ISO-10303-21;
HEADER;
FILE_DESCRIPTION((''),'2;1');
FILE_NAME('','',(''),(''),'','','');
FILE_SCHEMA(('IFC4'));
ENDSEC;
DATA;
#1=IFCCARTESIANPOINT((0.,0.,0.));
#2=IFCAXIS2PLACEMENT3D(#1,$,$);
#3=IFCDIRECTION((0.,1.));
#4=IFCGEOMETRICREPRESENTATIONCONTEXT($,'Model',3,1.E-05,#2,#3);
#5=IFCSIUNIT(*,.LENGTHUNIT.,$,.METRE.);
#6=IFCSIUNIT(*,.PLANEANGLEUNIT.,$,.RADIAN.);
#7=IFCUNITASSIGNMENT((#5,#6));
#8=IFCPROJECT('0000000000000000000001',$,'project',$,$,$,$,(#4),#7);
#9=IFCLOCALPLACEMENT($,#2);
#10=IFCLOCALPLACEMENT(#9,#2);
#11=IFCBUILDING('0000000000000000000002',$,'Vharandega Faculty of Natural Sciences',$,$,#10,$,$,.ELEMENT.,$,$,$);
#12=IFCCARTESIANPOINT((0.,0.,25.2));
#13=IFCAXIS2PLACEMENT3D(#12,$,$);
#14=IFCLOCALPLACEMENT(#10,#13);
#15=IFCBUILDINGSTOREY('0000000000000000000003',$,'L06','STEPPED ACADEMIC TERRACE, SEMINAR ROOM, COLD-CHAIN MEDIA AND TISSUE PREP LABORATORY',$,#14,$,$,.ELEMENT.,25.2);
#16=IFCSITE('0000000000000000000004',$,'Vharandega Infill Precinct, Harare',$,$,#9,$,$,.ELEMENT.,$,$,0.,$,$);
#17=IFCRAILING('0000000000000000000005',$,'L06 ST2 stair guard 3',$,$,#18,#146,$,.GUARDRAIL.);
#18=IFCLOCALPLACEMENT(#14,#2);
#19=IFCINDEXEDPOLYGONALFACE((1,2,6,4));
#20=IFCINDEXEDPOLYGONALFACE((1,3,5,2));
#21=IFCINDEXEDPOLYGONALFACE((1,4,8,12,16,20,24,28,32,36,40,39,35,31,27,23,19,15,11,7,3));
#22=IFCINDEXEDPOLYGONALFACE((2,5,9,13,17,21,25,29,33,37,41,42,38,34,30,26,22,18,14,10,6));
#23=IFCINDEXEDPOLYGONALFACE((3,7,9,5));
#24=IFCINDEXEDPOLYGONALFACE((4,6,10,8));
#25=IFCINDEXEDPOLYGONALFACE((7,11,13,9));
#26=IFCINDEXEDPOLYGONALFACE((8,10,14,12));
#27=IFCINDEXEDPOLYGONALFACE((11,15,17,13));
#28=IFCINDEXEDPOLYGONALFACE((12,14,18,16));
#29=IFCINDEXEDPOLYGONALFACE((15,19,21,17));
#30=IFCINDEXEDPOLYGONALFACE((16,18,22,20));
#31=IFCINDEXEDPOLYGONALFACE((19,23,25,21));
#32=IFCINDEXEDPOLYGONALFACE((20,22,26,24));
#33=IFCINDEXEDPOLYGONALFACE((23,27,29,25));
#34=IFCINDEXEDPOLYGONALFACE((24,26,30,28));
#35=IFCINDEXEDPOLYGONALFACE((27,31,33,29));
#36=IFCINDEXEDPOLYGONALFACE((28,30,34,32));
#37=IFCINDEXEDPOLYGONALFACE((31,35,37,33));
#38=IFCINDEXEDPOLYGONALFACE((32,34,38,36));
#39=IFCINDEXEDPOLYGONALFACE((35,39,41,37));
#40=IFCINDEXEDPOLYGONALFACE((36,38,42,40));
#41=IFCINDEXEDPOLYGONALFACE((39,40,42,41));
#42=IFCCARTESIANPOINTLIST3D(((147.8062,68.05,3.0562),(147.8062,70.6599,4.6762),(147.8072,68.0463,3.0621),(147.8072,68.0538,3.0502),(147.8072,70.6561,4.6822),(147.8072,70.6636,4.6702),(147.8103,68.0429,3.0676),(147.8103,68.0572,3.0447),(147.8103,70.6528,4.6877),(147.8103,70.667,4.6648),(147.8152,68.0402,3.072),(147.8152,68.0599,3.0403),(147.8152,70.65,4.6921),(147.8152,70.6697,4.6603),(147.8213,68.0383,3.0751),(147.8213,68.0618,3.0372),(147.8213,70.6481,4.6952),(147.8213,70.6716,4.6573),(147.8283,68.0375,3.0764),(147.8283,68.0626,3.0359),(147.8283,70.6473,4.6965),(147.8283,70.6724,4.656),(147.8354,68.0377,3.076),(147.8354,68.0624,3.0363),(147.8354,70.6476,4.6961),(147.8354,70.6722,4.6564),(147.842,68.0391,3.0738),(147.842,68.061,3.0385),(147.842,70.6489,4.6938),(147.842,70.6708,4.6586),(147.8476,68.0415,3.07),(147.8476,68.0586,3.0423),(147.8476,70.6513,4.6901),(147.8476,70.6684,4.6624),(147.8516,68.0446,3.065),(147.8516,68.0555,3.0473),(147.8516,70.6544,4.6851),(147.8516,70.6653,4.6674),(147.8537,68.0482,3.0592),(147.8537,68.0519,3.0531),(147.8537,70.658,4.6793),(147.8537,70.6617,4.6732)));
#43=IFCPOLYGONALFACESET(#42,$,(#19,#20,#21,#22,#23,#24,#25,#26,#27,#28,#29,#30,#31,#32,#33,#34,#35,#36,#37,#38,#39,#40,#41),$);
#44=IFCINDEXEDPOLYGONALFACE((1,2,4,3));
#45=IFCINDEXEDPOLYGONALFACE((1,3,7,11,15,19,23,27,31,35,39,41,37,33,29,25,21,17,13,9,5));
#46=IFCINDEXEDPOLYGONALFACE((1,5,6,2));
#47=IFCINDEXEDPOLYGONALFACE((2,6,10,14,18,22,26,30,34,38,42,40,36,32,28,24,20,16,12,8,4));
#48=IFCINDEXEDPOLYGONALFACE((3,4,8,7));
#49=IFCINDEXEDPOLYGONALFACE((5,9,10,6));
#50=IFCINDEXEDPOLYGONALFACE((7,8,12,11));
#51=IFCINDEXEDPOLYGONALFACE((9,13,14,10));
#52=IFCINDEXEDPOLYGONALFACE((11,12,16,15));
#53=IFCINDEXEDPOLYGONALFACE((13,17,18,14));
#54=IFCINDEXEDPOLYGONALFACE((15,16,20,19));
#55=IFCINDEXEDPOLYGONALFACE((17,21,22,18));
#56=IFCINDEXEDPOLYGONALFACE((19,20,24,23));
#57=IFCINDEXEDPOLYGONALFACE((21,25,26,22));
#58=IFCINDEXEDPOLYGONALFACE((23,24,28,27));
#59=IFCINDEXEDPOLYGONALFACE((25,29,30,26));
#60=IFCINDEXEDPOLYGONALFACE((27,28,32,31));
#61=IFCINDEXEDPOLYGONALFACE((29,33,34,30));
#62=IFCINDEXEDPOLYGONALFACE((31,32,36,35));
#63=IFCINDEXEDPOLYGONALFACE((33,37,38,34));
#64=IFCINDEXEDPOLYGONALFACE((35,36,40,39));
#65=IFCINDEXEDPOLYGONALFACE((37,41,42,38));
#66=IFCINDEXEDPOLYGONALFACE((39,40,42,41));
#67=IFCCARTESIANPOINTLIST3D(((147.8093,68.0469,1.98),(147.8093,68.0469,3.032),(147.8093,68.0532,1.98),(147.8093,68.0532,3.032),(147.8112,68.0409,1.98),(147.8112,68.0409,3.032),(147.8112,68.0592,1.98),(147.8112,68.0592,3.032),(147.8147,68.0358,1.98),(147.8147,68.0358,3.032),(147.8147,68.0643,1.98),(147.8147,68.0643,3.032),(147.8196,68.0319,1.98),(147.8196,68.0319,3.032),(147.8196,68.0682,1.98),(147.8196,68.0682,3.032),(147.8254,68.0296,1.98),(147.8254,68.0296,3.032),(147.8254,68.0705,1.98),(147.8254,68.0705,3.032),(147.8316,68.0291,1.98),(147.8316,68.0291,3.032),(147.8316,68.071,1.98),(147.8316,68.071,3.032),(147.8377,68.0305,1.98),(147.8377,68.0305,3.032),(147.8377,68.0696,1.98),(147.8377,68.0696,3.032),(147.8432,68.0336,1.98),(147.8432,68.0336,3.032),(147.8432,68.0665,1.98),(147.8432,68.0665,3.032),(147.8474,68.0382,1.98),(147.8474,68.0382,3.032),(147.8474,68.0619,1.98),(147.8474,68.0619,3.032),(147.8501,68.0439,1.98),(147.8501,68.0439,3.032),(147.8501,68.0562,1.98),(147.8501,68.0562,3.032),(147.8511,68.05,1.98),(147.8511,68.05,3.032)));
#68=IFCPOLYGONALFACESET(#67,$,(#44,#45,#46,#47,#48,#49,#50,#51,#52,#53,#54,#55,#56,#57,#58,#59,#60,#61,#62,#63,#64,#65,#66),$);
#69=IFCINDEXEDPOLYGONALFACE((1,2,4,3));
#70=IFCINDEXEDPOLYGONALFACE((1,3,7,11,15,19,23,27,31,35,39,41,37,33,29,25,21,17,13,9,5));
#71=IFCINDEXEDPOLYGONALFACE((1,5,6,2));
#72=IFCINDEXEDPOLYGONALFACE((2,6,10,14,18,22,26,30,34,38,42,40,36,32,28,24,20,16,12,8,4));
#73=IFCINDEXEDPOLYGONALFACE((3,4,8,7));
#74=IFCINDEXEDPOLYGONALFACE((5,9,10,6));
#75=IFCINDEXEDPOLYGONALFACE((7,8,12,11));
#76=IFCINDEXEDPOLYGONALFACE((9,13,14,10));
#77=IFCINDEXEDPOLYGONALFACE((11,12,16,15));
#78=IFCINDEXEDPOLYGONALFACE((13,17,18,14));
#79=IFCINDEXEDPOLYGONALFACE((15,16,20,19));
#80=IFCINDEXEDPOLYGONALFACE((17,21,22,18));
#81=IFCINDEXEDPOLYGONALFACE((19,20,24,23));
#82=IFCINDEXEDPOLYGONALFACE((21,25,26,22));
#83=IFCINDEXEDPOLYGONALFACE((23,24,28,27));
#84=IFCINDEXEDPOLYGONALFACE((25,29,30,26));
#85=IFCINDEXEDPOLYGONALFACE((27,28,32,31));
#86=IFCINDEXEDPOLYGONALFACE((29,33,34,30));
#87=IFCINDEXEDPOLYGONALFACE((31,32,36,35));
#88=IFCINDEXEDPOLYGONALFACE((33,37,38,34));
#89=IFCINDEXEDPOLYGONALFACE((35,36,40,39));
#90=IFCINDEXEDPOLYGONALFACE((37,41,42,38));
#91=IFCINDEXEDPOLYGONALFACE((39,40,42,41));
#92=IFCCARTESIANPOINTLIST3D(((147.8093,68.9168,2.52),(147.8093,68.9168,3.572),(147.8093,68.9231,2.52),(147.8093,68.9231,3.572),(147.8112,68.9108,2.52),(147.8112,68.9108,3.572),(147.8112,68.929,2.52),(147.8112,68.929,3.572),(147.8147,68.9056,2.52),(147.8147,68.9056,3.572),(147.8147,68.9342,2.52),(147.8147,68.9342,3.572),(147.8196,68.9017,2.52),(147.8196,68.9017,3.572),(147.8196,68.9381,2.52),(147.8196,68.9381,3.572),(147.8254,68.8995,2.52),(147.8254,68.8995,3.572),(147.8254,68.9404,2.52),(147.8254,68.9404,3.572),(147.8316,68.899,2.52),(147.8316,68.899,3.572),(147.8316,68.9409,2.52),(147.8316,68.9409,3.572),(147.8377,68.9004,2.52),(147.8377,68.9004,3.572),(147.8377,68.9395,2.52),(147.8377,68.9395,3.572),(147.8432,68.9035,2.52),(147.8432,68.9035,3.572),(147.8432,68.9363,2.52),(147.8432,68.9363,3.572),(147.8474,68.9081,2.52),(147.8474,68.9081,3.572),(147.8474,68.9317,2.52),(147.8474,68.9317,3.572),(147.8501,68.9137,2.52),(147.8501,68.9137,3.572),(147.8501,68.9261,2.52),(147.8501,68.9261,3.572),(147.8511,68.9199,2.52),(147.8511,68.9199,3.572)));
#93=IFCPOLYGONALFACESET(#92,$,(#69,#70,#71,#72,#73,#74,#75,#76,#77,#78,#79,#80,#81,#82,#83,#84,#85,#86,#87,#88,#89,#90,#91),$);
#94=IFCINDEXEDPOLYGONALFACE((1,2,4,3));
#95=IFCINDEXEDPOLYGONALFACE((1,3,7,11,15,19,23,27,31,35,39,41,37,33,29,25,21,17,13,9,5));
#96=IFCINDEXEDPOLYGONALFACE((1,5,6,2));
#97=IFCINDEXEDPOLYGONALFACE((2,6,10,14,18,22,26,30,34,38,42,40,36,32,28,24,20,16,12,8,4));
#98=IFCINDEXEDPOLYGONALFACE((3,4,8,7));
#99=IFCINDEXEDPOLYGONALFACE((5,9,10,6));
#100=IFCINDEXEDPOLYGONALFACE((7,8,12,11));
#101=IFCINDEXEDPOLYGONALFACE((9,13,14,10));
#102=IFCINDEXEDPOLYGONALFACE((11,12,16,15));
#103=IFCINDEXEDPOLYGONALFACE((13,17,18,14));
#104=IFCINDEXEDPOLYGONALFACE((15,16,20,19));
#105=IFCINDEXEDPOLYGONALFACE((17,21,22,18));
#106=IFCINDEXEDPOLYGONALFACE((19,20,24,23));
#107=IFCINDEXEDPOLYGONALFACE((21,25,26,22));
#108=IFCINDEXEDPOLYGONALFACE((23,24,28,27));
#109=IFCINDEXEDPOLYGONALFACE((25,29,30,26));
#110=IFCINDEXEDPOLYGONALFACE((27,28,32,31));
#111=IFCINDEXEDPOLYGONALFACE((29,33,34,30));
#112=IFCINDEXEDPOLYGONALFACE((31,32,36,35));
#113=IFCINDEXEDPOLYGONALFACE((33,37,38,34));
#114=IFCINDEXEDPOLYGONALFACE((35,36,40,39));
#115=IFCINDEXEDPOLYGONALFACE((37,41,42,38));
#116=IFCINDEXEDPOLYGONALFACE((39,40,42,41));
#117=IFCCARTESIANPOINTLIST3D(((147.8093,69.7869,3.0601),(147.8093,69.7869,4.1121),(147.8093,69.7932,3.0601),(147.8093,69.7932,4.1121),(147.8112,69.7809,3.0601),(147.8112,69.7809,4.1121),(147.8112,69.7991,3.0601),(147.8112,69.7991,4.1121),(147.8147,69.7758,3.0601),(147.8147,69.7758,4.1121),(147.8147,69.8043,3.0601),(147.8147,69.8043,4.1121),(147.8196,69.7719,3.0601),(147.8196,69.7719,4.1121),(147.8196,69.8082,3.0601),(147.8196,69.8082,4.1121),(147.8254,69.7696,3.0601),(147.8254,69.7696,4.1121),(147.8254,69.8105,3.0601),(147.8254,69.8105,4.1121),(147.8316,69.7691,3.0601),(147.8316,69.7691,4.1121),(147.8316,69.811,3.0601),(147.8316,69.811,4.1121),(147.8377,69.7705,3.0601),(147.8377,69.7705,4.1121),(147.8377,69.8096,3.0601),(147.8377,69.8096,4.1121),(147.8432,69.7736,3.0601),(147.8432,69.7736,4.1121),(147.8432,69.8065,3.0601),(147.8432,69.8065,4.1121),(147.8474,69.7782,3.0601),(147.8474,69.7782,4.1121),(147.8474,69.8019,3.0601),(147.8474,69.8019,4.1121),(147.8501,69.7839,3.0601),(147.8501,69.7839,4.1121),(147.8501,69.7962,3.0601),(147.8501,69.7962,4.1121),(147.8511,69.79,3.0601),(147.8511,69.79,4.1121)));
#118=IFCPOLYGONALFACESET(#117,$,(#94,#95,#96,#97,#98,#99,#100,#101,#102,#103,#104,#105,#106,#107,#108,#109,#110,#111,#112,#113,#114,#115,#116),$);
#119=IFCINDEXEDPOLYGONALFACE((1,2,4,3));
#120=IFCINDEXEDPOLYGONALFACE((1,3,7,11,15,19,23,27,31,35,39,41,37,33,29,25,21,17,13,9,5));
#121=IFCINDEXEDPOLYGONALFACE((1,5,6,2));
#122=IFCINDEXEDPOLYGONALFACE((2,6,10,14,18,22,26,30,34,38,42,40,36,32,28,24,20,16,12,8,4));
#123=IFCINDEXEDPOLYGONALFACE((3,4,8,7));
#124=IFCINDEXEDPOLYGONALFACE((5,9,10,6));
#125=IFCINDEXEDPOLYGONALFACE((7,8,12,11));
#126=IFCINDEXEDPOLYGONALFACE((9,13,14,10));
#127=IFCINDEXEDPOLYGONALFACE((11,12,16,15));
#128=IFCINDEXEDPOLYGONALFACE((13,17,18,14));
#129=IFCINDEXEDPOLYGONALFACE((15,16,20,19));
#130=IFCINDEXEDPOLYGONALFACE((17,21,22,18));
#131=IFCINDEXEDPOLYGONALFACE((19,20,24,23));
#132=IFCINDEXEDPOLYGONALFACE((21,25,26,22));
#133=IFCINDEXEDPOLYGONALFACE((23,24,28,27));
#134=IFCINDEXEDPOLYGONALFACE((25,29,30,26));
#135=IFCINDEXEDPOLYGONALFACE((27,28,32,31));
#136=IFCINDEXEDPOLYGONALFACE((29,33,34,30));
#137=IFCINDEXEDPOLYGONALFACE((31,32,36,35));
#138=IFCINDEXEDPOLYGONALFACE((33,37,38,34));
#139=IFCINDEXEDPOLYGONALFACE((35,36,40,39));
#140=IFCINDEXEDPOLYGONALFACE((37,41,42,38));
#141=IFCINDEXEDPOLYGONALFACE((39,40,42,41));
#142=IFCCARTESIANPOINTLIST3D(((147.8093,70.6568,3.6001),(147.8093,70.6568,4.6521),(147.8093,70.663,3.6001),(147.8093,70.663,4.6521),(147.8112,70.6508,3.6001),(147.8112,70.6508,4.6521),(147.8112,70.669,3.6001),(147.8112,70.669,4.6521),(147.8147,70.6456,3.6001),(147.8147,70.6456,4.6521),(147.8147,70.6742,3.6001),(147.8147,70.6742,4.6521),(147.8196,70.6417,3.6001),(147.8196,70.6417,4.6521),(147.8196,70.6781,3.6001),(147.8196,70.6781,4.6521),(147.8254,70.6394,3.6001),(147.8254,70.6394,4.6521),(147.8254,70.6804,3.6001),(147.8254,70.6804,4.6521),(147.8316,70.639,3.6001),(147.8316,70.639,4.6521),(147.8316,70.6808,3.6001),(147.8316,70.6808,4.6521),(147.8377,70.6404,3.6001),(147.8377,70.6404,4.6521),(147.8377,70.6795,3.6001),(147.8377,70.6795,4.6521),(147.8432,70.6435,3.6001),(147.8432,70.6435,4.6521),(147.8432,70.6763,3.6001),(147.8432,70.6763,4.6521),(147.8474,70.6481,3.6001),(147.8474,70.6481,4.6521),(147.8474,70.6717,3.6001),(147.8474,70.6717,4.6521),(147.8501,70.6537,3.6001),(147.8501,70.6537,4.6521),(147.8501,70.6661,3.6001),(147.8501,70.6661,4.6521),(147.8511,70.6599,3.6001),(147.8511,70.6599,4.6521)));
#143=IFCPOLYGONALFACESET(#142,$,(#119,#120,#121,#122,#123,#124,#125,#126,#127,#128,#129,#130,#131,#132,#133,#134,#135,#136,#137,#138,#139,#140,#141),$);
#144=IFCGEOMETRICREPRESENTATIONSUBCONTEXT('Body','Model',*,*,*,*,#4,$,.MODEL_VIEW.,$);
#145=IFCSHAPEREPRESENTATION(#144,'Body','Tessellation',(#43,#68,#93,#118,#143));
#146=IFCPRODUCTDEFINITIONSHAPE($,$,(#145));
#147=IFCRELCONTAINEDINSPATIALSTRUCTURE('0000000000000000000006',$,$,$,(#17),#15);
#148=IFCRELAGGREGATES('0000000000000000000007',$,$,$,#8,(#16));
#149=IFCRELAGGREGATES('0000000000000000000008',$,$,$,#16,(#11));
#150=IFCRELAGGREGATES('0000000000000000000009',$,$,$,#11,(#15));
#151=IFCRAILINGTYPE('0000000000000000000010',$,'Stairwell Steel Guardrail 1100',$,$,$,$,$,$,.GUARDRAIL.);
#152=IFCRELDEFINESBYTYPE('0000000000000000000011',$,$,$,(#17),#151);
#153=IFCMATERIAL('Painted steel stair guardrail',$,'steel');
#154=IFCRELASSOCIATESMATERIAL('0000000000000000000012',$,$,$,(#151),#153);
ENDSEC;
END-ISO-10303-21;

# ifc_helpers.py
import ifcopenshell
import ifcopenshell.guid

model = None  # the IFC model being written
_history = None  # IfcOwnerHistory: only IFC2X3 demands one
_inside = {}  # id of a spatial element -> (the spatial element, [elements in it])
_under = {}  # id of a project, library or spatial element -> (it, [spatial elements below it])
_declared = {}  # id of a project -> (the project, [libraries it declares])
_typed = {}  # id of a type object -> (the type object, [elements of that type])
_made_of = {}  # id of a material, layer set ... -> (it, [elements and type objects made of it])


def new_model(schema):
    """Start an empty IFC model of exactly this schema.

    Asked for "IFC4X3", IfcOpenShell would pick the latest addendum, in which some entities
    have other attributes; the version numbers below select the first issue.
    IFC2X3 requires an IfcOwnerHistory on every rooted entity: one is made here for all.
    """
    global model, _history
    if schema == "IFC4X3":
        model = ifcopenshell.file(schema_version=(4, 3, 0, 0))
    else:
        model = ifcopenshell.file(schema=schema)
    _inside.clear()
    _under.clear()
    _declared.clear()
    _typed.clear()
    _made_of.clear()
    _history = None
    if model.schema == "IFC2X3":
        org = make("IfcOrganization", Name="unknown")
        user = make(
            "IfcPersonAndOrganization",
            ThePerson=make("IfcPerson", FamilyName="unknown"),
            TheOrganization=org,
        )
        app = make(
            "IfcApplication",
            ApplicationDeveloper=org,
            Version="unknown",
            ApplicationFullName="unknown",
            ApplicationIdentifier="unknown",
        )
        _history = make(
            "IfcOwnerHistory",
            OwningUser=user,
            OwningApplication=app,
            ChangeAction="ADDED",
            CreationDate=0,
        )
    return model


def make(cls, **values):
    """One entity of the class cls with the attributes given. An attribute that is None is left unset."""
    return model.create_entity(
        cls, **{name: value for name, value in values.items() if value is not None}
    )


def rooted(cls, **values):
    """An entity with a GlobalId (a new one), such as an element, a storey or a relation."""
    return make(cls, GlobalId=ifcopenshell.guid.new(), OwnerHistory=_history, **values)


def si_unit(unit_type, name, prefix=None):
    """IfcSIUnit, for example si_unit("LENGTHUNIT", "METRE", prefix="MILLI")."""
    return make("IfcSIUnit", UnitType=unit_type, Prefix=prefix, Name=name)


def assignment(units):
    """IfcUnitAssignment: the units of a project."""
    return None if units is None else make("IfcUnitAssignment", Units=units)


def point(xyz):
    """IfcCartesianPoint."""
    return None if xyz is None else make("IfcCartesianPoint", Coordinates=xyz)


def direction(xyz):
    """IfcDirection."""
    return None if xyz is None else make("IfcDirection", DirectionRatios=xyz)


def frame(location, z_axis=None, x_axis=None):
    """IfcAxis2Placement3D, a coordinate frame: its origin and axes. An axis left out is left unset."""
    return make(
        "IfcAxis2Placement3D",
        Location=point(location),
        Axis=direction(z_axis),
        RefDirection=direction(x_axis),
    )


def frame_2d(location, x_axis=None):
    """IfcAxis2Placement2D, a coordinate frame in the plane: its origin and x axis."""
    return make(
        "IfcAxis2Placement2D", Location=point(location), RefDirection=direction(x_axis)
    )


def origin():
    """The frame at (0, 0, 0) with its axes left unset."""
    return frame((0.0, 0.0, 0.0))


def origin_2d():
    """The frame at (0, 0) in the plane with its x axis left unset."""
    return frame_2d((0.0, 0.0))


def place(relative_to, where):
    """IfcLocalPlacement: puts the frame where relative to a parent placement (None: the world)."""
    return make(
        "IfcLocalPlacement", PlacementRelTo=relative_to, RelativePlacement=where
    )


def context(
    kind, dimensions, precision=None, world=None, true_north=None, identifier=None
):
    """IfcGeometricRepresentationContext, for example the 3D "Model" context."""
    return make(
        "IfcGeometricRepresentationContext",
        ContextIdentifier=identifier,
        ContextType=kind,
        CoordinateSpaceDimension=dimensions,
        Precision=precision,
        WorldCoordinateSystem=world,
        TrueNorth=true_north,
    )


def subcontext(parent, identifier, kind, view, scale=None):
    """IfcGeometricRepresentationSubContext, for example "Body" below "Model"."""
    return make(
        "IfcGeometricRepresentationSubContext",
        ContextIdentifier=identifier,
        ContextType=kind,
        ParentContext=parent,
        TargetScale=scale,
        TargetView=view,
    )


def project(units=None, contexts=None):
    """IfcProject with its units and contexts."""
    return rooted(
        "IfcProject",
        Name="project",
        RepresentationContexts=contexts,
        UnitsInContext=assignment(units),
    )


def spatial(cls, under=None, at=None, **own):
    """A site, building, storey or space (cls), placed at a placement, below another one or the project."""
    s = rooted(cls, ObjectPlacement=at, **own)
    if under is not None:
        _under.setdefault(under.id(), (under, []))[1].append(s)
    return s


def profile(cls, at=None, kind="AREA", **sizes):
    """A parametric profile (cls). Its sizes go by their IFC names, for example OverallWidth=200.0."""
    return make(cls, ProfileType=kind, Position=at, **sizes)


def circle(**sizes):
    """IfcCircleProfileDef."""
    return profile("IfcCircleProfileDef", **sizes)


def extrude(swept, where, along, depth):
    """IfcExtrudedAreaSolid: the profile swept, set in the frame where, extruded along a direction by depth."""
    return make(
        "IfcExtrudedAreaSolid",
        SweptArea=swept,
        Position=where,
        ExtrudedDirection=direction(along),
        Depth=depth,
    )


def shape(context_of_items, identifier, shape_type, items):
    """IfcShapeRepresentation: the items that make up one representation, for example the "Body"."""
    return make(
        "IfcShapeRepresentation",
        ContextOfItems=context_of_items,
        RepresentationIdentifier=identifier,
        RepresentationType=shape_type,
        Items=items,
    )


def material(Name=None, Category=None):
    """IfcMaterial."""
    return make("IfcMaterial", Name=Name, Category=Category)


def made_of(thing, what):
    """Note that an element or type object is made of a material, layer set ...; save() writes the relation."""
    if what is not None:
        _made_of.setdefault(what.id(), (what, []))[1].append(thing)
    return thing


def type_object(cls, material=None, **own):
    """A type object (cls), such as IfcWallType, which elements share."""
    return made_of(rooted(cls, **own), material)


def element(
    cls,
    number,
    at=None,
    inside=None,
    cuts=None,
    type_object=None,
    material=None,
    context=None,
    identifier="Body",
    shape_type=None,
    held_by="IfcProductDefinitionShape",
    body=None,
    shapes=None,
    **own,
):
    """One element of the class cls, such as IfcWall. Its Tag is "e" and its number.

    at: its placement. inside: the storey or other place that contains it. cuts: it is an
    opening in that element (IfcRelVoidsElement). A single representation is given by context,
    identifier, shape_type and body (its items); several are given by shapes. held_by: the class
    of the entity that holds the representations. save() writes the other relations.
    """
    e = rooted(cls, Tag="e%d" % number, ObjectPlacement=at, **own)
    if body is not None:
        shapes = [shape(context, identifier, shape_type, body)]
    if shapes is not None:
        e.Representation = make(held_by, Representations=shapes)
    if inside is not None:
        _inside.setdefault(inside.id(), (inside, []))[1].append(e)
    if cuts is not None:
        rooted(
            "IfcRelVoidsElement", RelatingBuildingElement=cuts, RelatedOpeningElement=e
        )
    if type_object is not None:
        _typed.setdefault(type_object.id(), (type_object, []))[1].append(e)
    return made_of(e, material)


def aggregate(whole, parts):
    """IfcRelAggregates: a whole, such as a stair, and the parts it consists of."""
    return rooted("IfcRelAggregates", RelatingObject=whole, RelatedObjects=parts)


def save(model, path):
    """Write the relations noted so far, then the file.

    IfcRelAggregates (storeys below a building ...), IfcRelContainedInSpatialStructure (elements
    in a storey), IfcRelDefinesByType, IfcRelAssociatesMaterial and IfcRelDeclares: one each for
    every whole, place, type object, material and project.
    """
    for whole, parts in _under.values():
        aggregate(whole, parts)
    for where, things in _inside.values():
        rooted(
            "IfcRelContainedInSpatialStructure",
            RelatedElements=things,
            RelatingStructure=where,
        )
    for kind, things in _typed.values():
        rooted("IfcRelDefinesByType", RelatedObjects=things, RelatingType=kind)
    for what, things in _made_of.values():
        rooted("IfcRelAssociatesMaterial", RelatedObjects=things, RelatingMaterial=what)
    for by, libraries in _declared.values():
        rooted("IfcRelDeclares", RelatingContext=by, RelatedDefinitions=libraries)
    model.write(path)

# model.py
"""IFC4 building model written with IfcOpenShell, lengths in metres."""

from ifc_helpers import new_model, si_unit, direction, frame, origin, origin_2d, place, context, subcontext, project, spatial, circle, extrude, material, type_object, element, save


model = new_model("IFC4")

# Units and contexts
model_context = context("Model", 3, precision=1e-05, world=origin(), true_north=direction((0.0, 1.0)))
body_context = subcontext(model_context, "Body", "Model", "MODEL_VIEW")
ifc_project = project(units=[si_unit("LENGTHUNIT", "METRE"), si_unit("PLANEANGLEUNIT", "RADIAN")], contexts=[model_context])

# Site, building, storey
site_placement = place(None, origin())
site = spatial("IfcSite", under=ifc_project, at=site_placement, Name="Vharandega Infill Precinct, Harare", CompositionType="ELEMENT", RefElevation=0.0)
building_placement = place(site_placement, origin())
building = spatial("IfcBuilding", under=site, at=building_placement, Name="Vharandega Faculty of Natural Sciences", CompositionType="ELEMENT")
storey_placement = place(building_placement, frame((0.0, 0.0, 25.2)))
storey = spatial("IfcBuildingStorey", under=building, at=storey_placement, Name="L06", Description="STEPPED ACADEMIC TERRACE, SEMINAR ROOM, COLD-CHAIN MEDIA AND TISSUE PREP LABORATORY", CompositionType="ELEMENT", Elevation=25.2)

# Railing
ifc_material_1 = material(Name="Painted steel stair guardrail", Category="steel")
railing_type_1 = type_object("IfcRailingType", Name="Stairwell Steel Guardrail 1100", PredefinedType="GUARDRAIL", material=ifc_material_1)
railing_1_placement = place(storey_placement, frame((147.8301, 68.05, 1.98)))
element("IfcRailing", 1, at=railing_1_placement, inside=storey, type_object=railing_type_1, Name="L06 ST2 stair guard 3", PredefinedType="GUARDRAIL", context=body_context, shape_type="SweptSolid", body=[
    extrude(circle(Radius=0.0239, at=origin_2d()), frame((0.0, 0.0, 1.0762), z_axis=(0.0, 0.849611, 0.52741), x_axis=(-1.0, 0.0, 0.0)), (0.0, 0.0, 1.0), 3.0718),
    extrude(circle(Radius=0.021, at=origin_2d()), origin(), (0.0, 0.0, 1.0), 1.052),
    extrude(circle(Radius=0.021, at=origin_2d()), frame((0.0, 0.8699, 0.54)), (0.0, 0.0, 1.0), 1.052),
    extrude(circle(Radius=0.021, at=origin_2d()), frame((0.0, 1.74, 1.0801)), (0.0, 0.0, 1.0), 1.052),
    extrude(circle(Radius=0.021, at=origin_2d()), frame((0.0, 2.6099, 1.6201)), (0.0, 0.0, 1.0), 1.052),
])

save(model, "model.ifc")
